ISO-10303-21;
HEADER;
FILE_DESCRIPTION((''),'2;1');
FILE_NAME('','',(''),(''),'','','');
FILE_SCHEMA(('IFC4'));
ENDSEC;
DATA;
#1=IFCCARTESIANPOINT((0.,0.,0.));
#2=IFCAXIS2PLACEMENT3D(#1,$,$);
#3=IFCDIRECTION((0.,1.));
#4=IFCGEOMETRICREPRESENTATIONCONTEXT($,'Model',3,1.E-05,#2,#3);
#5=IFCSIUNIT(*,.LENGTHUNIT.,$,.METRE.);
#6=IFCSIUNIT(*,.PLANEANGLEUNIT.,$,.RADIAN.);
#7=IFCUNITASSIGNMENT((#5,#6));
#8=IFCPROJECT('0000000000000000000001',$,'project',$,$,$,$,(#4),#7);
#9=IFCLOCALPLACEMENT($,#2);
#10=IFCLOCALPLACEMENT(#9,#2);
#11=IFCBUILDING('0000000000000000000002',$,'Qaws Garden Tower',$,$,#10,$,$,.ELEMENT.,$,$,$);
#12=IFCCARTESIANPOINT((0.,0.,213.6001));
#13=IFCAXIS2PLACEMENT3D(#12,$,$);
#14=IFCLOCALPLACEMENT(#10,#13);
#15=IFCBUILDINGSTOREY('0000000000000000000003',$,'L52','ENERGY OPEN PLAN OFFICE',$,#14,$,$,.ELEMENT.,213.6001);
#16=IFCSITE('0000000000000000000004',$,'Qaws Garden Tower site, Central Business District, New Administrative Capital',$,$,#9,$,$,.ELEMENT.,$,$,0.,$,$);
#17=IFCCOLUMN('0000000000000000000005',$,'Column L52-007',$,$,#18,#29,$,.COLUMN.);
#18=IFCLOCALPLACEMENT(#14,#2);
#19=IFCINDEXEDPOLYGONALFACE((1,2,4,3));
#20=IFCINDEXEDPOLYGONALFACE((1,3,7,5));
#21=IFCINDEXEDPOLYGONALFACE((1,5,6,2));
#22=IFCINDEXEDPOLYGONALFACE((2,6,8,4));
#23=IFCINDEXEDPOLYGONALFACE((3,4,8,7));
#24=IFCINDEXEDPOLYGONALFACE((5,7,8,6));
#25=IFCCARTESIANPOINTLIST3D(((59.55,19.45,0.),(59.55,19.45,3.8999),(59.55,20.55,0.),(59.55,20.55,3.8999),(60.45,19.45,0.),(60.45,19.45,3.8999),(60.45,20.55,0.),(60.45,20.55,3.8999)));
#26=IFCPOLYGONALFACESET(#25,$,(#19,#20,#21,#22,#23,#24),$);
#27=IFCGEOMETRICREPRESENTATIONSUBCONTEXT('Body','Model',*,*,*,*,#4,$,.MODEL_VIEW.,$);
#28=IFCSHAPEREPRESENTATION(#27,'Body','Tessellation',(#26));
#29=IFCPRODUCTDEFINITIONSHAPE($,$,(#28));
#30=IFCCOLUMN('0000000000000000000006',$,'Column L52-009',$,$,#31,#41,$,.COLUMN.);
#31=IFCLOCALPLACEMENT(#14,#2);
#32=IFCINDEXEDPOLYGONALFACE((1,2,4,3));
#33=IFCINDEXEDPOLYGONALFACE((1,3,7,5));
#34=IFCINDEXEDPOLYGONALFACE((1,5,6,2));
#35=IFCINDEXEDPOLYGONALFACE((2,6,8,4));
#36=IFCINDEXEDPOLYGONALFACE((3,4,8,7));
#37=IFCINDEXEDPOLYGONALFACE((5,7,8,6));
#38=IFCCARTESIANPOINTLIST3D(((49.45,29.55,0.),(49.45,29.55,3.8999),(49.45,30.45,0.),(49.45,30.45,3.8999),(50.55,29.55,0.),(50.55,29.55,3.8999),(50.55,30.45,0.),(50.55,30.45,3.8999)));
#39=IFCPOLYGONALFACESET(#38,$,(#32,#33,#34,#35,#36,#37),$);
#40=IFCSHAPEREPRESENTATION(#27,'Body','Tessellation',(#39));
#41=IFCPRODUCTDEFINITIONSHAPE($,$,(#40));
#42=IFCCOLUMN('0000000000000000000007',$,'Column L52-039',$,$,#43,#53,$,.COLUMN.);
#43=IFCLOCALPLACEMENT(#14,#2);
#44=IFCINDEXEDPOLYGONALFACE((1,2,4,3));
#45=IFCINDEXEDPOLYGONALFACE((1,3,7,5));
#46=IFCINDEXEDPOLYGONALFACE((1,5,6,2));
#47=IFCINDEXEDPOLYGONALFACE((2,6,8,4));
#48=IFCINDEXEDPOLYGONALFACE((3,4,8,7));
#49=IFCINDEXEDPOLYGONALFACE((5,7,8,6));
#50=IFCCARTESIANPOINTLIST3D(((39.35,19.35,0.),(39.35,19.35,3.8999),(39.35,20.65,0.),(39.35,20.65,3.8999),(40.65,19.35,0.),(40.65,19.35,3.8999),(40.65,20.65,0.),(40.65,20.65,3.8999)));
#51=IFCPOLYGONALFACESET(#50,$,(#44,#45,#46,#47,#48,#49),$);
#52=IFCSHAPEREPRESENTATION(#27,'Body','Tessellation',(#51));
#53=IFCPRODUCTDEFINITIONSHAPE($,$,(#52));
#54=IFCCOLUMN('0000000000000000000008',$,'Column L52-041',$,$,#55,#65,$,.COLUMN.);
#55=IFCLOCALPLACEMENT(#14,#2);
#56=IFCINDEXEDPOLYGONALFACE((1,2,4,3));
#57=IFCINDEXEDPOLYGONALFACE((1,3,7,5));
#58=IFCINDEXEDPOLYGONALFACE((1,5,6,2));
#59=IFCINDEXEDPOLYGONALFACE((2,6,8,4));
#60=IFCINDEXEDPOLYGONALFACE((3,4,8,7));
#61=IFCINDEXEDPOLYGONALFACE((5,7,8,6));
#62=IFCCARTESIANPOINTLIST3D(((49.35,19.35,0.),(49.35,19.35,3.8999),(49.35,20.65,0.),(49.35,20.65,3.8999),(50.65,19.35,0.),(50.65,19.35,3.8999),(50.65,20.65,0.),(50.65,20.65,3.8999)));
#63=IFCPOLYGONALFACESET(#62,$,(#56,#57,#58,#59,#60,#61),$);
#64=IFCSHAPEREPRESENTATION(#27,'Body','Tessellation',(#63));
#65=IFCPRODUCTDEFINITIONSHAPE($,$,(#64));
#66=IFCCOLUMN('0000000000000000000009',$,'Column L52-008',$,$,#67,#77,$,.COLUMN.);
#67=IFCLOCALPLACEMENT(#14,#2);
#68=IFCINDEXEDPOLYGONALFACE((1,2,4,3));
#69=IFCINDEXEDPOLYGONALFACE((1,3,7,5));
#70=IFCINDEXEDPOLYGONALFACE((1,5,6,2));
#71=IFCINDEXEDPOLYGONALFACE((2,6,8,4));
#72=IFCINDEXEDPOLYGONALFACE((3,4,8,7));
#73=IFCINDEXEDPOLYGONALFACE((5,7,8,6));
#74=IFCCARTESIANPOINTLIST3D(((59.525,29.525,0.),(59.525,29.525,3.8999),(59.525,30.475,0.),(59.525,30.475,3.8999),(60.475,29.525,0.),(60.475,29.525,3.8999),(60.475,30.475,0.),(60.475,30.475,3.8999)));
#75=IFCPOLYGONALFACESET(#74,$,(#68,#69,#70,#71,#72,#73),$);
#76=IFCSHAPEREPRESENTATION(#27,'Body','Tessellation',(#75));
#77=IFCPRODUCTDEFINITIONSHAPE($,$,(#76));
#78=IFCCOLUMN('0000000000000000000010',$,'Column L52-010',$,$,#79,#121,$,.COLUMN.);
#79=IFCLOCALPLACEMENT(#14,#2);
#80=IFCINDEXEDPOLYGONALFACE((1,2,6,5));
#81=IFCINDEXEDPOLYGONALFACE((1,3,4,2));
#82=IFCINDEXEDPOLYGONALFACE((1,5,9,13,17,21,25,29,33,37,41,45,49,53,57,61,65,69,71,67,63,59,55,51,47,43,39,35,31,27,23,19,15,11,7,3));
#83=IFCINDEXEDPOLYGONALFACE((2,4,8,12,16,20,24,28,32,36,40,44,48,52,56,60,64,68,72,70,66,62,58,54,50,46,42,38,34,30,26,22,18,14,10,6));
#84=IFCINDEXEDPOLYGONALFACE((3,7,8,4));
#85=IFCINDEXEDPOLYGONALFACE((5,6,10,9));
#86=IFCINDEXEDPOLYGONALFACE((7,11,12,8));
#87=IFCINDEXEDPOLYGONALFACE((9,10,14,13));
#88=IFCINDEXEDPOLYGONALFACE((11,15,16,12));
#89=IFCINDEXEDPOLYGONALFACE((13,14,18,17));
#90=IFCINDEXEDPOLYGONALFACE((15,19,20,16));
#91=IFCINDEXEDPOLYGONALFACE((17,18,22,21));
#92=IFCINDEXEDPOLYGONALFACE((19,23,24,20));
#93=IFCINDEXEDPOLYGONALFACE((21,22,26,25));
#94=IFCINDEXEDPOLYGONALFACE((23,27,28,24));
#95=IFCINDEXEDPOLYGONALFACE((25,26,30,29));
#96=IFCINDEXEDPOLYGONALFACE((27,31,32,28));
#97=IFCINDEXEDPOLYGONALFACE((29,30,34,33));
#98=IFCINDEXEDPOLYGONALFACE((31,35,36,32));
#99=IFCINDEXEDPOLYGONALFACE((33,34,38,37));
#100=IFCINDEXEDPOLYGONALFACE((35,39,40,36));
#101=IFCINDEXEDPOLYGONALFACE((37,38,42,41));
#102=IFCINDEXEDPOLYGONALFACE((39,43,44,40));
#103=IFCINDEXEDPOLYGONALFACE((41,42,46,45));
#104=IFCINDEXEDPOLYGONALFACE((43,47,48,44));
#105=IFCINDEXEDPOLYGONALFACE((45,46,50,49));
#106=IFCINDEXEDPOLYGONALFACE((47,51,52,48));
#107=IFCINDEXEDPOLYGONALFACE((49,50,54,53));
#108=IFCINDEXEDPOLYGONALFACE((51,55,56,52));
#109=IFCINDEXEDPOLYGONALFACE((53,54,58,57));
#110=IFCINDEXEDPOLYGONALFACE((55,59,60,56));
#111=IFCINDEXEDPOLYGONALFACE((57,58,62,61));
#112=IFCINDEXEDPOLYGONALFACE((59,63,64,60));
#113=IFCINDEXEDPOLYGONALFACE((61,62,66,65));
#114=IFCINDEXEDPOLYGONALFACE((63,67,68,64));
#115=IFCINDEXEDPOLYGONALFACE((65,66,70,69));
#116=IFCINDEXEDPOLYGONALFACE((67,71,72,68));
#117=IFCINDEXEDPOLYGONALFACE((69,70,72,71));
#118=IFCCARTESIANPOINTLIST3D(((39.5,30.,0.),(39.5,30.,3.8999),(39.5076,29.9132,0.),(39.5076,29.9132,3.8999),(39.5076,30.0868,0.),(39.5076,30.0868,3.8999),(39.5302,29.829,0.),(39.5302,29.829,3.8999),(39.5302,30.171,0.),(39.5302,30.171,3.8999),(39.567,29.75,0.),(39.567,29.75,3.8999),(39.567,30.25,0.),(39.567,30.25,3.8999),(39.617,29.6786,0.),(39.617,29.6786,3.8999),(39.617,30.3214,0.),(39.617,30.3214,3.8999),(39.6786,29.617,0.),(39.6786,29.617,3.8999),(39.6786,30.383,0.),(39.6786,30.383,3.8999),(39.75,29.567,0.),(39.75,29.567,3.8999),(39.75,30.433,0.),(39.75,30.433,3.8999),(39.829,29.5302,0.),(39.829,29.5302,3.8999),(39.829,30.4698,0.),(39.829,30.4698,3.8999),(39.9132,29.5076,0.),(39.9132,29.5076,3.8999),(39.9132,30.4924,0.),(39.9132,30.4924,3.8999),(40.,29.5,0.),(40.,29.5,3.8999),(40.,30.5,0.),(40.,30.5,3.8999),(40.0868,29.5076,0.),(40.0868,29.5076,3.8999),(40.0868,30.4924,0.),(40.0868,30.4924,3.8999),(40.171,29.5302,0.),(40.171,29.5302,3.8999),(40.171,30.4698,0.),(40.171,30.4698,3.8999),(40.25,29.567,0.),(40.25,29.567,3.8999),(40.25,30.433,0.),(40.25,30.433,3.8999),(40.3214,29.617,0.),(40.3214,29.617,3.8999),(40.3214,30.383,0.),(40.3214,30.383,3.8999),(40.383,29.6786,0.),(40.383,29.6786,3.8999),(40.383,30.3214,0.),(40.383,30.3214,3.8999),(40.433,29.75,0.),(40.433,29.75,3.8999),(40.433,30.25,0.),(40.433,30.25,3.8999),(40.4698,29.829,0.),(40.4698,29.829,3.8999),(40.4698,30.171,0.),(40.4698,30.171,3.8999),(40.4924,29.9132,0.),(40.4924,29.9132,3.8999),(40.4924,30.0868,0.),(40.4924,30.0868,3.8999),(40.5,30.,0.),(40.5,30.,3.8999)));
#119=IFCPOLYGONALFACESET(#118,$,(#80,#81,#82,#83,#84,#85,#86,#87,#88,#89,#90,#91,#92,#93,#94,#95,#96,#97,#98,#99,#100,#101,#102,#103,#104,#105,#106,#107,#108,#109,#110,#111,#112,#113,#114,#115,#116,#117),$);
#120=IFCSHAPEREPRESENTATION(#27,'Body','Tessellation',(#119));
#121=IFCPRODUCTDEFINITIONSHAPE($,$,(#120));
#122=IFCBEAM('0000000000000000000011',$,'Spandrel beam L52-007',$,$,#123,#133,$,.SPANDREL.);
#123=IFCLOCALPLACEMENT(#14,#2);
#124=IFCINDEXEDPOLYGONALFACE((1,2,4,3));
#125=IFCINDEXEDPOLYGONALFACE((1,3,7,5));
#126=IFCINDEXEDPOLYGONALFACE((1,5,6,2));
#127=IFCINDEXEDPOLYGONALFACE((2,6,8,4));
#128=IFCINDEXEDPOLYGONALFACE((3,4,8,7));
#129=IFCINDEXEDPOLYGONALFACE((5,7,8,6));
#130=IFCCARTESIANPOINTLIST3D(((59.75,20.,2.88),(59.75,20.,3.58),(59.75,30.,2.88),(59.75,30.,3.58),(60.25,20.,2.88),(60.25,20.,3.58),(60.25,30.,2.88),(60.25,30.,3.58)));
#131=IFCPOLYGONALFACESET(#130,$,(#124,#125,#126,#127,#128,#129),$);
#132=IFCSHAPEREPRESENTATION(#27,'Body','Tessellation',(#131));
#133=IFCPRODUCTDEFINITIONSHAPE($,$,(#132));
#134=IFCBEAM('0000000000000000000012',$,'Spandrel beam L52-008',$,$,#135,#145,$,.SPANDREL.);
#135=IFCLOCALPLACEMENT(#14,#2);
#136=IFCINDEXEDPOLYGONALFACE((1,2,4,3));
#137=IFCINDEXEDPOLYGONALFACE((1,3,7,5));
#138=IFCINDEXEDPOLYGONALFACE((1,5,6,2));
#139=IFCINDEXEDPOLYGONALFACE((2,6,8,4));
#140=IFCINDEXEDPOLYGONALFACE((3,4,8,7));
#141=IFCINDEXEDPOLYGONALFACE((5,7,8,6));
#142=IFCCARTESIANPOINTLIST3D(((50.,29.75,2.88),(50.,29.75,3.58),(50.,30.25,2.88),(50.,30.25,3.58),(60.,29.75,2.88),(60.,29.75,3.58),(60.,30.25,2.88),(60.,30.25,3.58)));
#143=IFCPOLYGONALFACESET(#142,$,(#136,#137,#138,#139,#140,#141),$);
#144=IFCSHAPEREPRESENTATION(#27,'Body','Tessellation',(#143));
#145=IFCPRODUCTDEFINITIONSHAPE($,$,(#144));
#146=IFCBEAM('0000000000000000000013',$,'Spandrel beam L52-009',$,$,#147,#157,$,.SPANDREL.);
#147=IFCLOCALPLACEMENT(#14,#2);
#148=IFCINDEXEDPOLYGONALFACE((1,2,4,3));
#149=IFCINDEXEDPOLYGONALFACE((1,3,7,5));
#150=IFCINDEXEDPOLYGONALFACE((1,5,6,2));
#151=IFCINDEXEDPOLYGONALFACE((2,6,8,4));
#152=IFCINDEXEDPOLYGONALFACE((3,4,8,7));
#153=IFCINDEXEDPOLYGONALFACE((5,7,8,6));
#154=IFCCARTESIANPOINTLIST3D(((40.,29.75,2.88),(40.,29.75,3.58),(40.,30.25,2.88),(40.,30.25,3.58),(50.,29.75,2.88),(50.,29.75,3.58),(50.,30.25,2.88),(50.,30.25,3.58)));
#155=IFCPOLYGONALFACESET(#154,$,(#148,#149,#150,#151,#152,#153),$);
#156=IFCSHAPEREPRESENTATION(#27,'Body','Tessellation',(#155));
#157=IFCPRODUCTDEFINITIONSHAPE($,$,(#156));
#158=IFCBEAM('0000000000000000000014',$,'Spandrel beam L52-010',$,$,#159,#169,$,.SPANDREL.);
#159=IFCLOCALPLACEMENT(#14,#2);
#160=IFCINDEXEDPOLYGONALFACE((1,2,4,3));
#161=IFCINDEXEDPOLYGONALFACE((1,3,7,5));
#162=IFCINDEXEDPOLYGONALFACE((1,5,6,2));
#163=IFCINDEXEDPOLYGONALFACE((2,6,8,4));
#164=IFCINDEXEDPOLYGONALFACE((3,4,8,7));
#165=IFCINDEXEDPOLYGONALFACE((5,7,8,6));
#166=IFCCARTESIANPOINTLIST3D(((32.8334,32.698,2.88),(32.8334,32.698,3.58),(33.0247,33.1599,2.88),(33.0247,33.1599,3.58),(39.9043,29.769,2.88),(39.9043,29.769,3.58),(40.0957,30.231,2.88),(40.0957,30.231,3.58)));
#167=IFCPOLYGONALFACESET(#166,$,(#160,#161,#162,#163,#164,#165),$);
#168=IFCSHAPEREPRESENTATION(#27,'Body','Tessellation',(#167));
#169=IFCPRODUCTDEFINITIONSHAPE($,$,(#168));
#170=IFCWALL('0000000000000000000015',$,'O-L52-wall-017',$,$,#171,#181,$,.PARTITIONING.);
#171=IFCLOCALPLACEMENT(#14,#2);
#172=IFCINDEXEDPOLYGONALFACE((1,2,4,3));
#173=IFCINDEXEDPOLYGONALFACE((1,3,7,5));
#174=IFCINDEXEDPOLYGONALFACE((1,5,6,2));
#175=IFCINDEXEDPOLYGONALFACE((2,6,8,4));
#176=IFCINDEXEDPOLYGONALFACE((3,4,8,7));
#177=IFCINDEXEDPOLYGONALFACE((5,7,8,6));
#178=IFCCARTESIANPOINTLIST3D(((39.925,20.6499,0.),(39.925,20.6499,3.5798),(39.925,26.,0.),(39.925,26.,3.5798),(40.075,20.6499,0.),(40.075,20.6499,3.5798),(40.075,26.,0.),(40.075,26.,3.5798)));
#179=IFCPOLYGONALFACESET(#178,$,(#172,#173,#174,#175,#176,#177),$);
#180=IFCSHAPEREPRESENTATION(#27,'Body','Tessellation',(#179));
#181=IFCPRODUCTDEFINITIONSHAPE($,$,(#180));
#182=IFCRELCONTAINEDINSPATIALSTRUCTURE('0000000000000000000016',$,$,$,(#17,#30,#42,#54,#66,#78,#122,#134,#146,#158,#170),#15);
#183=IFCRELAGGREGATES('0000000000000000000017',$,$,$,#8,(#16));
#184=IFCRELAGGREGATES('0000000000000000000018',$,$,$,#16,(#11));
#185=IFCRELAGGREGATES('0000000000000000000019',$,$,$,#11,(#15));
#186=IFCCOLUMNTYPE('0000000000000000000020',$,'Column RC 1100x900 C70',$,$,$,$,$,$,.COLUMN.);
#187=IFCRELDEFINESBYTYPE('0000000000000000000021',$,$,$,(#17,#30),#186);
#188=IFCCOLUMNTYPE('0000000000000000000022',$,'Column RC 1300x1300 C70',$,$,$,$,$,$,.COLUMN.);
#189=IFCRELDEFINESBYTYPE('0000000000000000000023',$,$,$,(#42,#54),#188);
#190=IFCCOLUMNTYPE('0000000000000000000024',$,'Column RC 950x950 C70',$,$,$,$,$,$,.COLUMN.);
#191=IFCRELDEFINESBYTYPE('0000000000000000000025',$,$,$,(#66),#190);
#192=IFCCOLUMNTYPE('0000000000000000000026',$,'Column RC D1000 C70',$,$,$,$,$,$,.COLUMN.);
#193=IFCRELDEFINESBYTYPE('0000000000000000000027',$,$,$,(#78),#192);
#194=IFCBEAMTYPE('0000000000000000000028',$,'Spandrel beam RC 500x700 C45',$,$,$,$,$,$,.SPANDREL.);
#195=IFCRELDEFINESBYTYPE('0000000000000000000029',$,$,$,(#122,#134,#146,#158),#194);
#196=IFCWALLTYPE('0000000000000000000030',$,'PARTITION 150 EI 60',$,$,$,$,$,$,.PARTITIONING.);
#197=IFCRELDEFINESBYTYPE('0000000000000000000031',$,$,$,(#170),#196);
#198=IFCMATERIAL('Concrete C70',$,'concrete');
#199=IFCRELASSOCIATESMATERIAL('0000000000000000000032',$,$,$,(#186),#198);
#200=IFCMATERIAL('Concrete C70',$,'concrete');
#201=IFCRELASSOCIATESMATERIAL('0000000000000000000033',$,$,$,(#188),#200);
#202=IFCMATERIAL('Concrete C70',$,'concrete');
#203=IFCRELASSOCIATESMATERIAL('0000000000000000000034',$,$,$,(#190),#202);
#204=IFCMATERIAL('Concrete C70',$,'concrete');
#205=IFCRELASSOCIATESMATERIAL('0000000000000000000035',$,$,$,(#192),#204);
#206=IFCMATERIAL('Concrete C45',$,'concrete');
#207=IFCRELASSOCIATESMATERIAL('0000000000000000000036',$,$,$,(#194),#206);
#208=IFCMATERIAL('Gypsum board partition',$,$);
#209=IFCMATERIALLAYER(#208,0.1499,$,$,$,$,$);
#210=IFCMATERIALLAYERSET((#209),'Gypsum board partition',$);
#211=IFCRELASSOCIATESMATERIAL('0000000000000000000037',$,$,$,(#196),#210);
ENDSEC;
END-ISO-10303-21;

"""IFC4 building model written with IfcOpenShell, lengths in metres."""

from ifc_helpers import new_model, si_unit, direction, frame, frame_2d, origin, origin_2d, place, context, subcontext, project, spatial, rectangle, circle, extrude, material, layer, layer_set, material_profile, profile_set, type_object, element, save


model = new_model("IFC4")

# Units and contexts
model_context = context("Model", 3, precision=1e-05, world=origin(), true_north=direction((0.0, 1.0)))
body_context = subcontext(model_context, "Body", "Model", "MODEL_VIEW")
ifc_project = project(units=[si_unit("LENGTHUNIT", "METRE"), si_unit("PLANEANGLEUNIT", "RADIAN")], contexts=[model_context])

# Site, building, storey
site_placement = place(None, origin())
site = spatial("IfcSite", under=ifc_project, at=site_placement, Name="Qaws Garden Tower site, Central Business District, New Administrative Capital", CompositionType="ELEMENT", RefElevation=0.0)
building_placement = place(site_placement, origin())
building = spatial("IfcBuilding", under=site, at=building_placement, Name="Qaws Garden Tower", CompositionType="ELEMENT")
storey_placement = place(building_placement, frame((0.0, 0.0, 213.6001)))
storey = spatial("IfcBuildingStorey", under=building, at=storey_placement, Name="L52", Description="ENERGY OPEN PLAN OFFICE", CompositionType="ELEMENT", Elevation=213.6001)

# Columns
ifc_material_1 = material(Name="Concrete C70", Category="concrete")
ifc_material_profile_1 = material_profile(ifc_material_1, rectangle(XDim=1.1001, YDim=0.8999, at=origin_2d()), Name="RC 1100x900")
ifc_profile_set_1 = profile_set([ifc_material_profile_1], Name="Concrete C70")
column_type_1 = type_object("IfcColumnType", Name="Column RC 1100x900 C70", PredefinedType="COLUMN", material=ifc_profile_set_1)
for number, where, z_axis, x_axis, name in (
    (1, (60.0, 20.0, 0.0), (0.0, 0.0, 1.0), (0.0, 1.0, 0.0), "Column L52-007"),
    (2, (50.0, 30.0, 0.0), (0.0, 0.0, 1.0), (1.0, 0.0, 0.0), "Column L52-009"),
):
    element("IfcColumn", number, at=place(storey_placement, frame(where, z_axis=z_axis, x_axis=x_axis)), inside=storey, type_object=column_type_1, Name=name, PredefinedType="COLUMN", context=body_context, shape_type="SweptSolid", body=[
        extrude(rectangle(XDim=1.1001, YDim=0.8999, at=origin_2d()), origin(), (0.0, 0.0, 1.0), 3.8999),
    ])
ifc_material_2 = material(Name="Concrete C70", Category="concrete")
ifc_material_profile_2 = material_profile(ifc_material_2, rectangle(XDim=1.3, YDim=1.3, at=origin_2d()), Name="RC 1300x1300")
ifc_profile_set_2 = profile_set([ifc_material_profile_2], Name="Concrete C70")
column_type_2 = type_object("IfcColumnType", Name="Column RC 1300x1300 C70", PredefinedType="COLUMN", material=ifc_profile_set_2)
for number, where, z_axis, x_axis, name in (
    (3, (40.0, 20.0, 0.0), (0.0, 0.0, 1.0), (1.0, 0.0, 0.0), "Column L52-039"),
    (4, (50.0, 20.0, 0.0), (0.0, 0.0, 1.0), (1.0, 0.0, 0.0), "Column L52-041"),
):
    element("IfcColumn", number, at=place(storey_placement, frame(where, z_axis=z_axis, x_axis=x_axis)), inside=storey, type_object=column_type_2, Name=name, PredefinedType="COLUMN", context=body_context, shape_type="SweptSolid", body=[
        extrude(rectangle(XDim=1.3, YDim=1.3, at=origin_2d()), origin(), (0.0, 0.0, 1.0), 3.8999),
    ])
ifc_material_3 = material(Name="Concrete C70", Category="concrete")
ifc_material_profile_3 = material_profile(ifc_material_3, rectangle(XDim=0.95, YDim=0.95, at=origin_2d()), Name="RC 950x950")
ifc_profile_set_3 = profile_set([ifc_material_profile_3], Name="Concrete C70")
column_type_3 = type_object("IfcColumnType", Name="Column RC 950x950 C70", PredefinedType="COLUMN", material=ifc_profile_set_3)
column_1_placement = place(storey_placement, frame((60.0, 30.0, 0.0), z_axis=(0.0, 0.0, 1.0), x_axis=(1.0, 0.0, 0.0)))
element("IfcColumn", 5, at=column_1_placement, inside=storey, type_object=column_type_3, Name="Column L52-008", PredefinedType="COLUMN", context=body_context, shape_type="SweptSolid", body=[
    extrude(rectangle(XDim=0.95, YDim=0.95, at=origin_2d()), origin(), (0.0, 0.0, 1.0), 3.8999),
])
ifc_material_4 = material(Name="Concrete C70", Category="concrete")
ifc_material_profile_4 = material_profile(ifc_material_4, circle(Radius=0.5, at=origin_2d()), Name="RC D1000")
ifc_profile_set_4 = profile_set([ifc_material_profile_4], Name="Concrete C70")
column_type_4 = type_object("IfcColumnType", Name="Column RC D1000 C70", PredefinedType="COLUMN", material=ifc_profile_set_4)
column_2_placement = place(storey_placement, frame((40.0, 30.0, 0.0), z_axis=(0.0, 0.0, 1.0), x_axis=(1.0, 0.0, 0.0)))
element("IfcColumn", 6, at=column_2_placement, inside=storey, type_object=column_type_4, Name="Column L52-010", PredefinedType="COLUMN", context=body_context, shape_type="SweptSolid", body=[
    extrude(circle(Radius=0.5, at=origin_2d()), origin(), (0.0, 0.0, 1.0), 3.8999),
])

# Beams
ifc_material_5 = material(Name="Concrete C45", Category="concrete")
ifc_material_profile_5 = material_profile(ifc_material_5, rectangle(XDim=0.5, YDim=0.7, at=origin_2d()), Name="RC 500x700")
ifc_profile_set_5 = profile_set([ifc_material_profile_5], Name="Concrete C45")
beam_type = type_object("IfcBeamType", Name="Spandrel beam RC 500x700 C45", PredefinedType="SPANDREL", material=ifc_profile_set_5)
for number, where, z_axis, x_axis, name in (
    (7, (60.0, 20.0, 3.23), (0.0, 1.0, 0.0), (-1.0, 0.0, 0.0), "Spandrel beam L52-007"),
    (8, (60.0, 30.0, 3.23), (-1.0, 0.0, 0.0), (0.0, -1.0, 0.0), "Spandrel beam L52-008"),
    (9, (50.0, 30.0, 3.23), (-1.0, 0.0, 0.0), (0.0, -1.0, 0.0), "Spandrel beam L52-009"),
):
    element("IfcBeam", number, at=place(storey_placement, frame(where, z_axis=z_axis, x_axis=x_axis)), inside=storey, type_object=beam_type, Name=name, PredefinedType="SPANDREL", context=body_context, shape_type="SweptSolid", body=[
        extrude(rectangle(XDim=0.5, YDim=0.7, at=origin_2d()), origin(), (0.0, 0.0, 1.0), 10.0),
    ])
beam_placement = place(storey_placement, frame((40.0, 30.0, 3.23), z_axis=(-0.923878, 0.382687, 0.0), x_axis=(-0.382687, -0.923878, 0.0)))
element("IfcBeam", 10, at=beam_placement, inside=storey, type_object=beam_type, Name="Spandrel beam L52-010", PredefinedType="SPANDREL", context=body_context, shape_type="SweptSolid", body=[
    extrude(rectangle(XDim=0.5, YDim=0.7, at=origin_2d()), origin(), (0.0, 0.0, 1.0), 7.6536),
])

# Wall
ifc_material_6 = material(Name="Gypsum board partition")
ifc_layer_1 = layer(ifc_material_6, 0.1499)
ifc_layer_set_1 = layer_set([ifc_layer_1], Name="Gypsum board partition")
wall_type = type_object("IfcWallType", Name="PARTITION 150 EI 60", PredefinedType="PARTITIONING", material=ifc_layer_set_1)
wall_1_placement = place(storey_placement, frame((40.0, 20.6499, 0.0), z_axis=(0.0, 0.0, 1.0), x_axis=(0.0, 1.0, 0.0)))
element("IfcWall", 11, at=wall_1_placement, inside=storey, type_object=wall_type, Name="O-L52-wall-017", PredefinedType="PARTITIONING", context=body_context, shape_type="SweptSolid", body=[
    extrude(rectangle(XDim=5.3501, YDim=0.1499, at=frame_2d((2.675, 0.0))), origin(), (0.0, 0.0, 1.0), 3.5798),
])

save(model, "model.ifc")
